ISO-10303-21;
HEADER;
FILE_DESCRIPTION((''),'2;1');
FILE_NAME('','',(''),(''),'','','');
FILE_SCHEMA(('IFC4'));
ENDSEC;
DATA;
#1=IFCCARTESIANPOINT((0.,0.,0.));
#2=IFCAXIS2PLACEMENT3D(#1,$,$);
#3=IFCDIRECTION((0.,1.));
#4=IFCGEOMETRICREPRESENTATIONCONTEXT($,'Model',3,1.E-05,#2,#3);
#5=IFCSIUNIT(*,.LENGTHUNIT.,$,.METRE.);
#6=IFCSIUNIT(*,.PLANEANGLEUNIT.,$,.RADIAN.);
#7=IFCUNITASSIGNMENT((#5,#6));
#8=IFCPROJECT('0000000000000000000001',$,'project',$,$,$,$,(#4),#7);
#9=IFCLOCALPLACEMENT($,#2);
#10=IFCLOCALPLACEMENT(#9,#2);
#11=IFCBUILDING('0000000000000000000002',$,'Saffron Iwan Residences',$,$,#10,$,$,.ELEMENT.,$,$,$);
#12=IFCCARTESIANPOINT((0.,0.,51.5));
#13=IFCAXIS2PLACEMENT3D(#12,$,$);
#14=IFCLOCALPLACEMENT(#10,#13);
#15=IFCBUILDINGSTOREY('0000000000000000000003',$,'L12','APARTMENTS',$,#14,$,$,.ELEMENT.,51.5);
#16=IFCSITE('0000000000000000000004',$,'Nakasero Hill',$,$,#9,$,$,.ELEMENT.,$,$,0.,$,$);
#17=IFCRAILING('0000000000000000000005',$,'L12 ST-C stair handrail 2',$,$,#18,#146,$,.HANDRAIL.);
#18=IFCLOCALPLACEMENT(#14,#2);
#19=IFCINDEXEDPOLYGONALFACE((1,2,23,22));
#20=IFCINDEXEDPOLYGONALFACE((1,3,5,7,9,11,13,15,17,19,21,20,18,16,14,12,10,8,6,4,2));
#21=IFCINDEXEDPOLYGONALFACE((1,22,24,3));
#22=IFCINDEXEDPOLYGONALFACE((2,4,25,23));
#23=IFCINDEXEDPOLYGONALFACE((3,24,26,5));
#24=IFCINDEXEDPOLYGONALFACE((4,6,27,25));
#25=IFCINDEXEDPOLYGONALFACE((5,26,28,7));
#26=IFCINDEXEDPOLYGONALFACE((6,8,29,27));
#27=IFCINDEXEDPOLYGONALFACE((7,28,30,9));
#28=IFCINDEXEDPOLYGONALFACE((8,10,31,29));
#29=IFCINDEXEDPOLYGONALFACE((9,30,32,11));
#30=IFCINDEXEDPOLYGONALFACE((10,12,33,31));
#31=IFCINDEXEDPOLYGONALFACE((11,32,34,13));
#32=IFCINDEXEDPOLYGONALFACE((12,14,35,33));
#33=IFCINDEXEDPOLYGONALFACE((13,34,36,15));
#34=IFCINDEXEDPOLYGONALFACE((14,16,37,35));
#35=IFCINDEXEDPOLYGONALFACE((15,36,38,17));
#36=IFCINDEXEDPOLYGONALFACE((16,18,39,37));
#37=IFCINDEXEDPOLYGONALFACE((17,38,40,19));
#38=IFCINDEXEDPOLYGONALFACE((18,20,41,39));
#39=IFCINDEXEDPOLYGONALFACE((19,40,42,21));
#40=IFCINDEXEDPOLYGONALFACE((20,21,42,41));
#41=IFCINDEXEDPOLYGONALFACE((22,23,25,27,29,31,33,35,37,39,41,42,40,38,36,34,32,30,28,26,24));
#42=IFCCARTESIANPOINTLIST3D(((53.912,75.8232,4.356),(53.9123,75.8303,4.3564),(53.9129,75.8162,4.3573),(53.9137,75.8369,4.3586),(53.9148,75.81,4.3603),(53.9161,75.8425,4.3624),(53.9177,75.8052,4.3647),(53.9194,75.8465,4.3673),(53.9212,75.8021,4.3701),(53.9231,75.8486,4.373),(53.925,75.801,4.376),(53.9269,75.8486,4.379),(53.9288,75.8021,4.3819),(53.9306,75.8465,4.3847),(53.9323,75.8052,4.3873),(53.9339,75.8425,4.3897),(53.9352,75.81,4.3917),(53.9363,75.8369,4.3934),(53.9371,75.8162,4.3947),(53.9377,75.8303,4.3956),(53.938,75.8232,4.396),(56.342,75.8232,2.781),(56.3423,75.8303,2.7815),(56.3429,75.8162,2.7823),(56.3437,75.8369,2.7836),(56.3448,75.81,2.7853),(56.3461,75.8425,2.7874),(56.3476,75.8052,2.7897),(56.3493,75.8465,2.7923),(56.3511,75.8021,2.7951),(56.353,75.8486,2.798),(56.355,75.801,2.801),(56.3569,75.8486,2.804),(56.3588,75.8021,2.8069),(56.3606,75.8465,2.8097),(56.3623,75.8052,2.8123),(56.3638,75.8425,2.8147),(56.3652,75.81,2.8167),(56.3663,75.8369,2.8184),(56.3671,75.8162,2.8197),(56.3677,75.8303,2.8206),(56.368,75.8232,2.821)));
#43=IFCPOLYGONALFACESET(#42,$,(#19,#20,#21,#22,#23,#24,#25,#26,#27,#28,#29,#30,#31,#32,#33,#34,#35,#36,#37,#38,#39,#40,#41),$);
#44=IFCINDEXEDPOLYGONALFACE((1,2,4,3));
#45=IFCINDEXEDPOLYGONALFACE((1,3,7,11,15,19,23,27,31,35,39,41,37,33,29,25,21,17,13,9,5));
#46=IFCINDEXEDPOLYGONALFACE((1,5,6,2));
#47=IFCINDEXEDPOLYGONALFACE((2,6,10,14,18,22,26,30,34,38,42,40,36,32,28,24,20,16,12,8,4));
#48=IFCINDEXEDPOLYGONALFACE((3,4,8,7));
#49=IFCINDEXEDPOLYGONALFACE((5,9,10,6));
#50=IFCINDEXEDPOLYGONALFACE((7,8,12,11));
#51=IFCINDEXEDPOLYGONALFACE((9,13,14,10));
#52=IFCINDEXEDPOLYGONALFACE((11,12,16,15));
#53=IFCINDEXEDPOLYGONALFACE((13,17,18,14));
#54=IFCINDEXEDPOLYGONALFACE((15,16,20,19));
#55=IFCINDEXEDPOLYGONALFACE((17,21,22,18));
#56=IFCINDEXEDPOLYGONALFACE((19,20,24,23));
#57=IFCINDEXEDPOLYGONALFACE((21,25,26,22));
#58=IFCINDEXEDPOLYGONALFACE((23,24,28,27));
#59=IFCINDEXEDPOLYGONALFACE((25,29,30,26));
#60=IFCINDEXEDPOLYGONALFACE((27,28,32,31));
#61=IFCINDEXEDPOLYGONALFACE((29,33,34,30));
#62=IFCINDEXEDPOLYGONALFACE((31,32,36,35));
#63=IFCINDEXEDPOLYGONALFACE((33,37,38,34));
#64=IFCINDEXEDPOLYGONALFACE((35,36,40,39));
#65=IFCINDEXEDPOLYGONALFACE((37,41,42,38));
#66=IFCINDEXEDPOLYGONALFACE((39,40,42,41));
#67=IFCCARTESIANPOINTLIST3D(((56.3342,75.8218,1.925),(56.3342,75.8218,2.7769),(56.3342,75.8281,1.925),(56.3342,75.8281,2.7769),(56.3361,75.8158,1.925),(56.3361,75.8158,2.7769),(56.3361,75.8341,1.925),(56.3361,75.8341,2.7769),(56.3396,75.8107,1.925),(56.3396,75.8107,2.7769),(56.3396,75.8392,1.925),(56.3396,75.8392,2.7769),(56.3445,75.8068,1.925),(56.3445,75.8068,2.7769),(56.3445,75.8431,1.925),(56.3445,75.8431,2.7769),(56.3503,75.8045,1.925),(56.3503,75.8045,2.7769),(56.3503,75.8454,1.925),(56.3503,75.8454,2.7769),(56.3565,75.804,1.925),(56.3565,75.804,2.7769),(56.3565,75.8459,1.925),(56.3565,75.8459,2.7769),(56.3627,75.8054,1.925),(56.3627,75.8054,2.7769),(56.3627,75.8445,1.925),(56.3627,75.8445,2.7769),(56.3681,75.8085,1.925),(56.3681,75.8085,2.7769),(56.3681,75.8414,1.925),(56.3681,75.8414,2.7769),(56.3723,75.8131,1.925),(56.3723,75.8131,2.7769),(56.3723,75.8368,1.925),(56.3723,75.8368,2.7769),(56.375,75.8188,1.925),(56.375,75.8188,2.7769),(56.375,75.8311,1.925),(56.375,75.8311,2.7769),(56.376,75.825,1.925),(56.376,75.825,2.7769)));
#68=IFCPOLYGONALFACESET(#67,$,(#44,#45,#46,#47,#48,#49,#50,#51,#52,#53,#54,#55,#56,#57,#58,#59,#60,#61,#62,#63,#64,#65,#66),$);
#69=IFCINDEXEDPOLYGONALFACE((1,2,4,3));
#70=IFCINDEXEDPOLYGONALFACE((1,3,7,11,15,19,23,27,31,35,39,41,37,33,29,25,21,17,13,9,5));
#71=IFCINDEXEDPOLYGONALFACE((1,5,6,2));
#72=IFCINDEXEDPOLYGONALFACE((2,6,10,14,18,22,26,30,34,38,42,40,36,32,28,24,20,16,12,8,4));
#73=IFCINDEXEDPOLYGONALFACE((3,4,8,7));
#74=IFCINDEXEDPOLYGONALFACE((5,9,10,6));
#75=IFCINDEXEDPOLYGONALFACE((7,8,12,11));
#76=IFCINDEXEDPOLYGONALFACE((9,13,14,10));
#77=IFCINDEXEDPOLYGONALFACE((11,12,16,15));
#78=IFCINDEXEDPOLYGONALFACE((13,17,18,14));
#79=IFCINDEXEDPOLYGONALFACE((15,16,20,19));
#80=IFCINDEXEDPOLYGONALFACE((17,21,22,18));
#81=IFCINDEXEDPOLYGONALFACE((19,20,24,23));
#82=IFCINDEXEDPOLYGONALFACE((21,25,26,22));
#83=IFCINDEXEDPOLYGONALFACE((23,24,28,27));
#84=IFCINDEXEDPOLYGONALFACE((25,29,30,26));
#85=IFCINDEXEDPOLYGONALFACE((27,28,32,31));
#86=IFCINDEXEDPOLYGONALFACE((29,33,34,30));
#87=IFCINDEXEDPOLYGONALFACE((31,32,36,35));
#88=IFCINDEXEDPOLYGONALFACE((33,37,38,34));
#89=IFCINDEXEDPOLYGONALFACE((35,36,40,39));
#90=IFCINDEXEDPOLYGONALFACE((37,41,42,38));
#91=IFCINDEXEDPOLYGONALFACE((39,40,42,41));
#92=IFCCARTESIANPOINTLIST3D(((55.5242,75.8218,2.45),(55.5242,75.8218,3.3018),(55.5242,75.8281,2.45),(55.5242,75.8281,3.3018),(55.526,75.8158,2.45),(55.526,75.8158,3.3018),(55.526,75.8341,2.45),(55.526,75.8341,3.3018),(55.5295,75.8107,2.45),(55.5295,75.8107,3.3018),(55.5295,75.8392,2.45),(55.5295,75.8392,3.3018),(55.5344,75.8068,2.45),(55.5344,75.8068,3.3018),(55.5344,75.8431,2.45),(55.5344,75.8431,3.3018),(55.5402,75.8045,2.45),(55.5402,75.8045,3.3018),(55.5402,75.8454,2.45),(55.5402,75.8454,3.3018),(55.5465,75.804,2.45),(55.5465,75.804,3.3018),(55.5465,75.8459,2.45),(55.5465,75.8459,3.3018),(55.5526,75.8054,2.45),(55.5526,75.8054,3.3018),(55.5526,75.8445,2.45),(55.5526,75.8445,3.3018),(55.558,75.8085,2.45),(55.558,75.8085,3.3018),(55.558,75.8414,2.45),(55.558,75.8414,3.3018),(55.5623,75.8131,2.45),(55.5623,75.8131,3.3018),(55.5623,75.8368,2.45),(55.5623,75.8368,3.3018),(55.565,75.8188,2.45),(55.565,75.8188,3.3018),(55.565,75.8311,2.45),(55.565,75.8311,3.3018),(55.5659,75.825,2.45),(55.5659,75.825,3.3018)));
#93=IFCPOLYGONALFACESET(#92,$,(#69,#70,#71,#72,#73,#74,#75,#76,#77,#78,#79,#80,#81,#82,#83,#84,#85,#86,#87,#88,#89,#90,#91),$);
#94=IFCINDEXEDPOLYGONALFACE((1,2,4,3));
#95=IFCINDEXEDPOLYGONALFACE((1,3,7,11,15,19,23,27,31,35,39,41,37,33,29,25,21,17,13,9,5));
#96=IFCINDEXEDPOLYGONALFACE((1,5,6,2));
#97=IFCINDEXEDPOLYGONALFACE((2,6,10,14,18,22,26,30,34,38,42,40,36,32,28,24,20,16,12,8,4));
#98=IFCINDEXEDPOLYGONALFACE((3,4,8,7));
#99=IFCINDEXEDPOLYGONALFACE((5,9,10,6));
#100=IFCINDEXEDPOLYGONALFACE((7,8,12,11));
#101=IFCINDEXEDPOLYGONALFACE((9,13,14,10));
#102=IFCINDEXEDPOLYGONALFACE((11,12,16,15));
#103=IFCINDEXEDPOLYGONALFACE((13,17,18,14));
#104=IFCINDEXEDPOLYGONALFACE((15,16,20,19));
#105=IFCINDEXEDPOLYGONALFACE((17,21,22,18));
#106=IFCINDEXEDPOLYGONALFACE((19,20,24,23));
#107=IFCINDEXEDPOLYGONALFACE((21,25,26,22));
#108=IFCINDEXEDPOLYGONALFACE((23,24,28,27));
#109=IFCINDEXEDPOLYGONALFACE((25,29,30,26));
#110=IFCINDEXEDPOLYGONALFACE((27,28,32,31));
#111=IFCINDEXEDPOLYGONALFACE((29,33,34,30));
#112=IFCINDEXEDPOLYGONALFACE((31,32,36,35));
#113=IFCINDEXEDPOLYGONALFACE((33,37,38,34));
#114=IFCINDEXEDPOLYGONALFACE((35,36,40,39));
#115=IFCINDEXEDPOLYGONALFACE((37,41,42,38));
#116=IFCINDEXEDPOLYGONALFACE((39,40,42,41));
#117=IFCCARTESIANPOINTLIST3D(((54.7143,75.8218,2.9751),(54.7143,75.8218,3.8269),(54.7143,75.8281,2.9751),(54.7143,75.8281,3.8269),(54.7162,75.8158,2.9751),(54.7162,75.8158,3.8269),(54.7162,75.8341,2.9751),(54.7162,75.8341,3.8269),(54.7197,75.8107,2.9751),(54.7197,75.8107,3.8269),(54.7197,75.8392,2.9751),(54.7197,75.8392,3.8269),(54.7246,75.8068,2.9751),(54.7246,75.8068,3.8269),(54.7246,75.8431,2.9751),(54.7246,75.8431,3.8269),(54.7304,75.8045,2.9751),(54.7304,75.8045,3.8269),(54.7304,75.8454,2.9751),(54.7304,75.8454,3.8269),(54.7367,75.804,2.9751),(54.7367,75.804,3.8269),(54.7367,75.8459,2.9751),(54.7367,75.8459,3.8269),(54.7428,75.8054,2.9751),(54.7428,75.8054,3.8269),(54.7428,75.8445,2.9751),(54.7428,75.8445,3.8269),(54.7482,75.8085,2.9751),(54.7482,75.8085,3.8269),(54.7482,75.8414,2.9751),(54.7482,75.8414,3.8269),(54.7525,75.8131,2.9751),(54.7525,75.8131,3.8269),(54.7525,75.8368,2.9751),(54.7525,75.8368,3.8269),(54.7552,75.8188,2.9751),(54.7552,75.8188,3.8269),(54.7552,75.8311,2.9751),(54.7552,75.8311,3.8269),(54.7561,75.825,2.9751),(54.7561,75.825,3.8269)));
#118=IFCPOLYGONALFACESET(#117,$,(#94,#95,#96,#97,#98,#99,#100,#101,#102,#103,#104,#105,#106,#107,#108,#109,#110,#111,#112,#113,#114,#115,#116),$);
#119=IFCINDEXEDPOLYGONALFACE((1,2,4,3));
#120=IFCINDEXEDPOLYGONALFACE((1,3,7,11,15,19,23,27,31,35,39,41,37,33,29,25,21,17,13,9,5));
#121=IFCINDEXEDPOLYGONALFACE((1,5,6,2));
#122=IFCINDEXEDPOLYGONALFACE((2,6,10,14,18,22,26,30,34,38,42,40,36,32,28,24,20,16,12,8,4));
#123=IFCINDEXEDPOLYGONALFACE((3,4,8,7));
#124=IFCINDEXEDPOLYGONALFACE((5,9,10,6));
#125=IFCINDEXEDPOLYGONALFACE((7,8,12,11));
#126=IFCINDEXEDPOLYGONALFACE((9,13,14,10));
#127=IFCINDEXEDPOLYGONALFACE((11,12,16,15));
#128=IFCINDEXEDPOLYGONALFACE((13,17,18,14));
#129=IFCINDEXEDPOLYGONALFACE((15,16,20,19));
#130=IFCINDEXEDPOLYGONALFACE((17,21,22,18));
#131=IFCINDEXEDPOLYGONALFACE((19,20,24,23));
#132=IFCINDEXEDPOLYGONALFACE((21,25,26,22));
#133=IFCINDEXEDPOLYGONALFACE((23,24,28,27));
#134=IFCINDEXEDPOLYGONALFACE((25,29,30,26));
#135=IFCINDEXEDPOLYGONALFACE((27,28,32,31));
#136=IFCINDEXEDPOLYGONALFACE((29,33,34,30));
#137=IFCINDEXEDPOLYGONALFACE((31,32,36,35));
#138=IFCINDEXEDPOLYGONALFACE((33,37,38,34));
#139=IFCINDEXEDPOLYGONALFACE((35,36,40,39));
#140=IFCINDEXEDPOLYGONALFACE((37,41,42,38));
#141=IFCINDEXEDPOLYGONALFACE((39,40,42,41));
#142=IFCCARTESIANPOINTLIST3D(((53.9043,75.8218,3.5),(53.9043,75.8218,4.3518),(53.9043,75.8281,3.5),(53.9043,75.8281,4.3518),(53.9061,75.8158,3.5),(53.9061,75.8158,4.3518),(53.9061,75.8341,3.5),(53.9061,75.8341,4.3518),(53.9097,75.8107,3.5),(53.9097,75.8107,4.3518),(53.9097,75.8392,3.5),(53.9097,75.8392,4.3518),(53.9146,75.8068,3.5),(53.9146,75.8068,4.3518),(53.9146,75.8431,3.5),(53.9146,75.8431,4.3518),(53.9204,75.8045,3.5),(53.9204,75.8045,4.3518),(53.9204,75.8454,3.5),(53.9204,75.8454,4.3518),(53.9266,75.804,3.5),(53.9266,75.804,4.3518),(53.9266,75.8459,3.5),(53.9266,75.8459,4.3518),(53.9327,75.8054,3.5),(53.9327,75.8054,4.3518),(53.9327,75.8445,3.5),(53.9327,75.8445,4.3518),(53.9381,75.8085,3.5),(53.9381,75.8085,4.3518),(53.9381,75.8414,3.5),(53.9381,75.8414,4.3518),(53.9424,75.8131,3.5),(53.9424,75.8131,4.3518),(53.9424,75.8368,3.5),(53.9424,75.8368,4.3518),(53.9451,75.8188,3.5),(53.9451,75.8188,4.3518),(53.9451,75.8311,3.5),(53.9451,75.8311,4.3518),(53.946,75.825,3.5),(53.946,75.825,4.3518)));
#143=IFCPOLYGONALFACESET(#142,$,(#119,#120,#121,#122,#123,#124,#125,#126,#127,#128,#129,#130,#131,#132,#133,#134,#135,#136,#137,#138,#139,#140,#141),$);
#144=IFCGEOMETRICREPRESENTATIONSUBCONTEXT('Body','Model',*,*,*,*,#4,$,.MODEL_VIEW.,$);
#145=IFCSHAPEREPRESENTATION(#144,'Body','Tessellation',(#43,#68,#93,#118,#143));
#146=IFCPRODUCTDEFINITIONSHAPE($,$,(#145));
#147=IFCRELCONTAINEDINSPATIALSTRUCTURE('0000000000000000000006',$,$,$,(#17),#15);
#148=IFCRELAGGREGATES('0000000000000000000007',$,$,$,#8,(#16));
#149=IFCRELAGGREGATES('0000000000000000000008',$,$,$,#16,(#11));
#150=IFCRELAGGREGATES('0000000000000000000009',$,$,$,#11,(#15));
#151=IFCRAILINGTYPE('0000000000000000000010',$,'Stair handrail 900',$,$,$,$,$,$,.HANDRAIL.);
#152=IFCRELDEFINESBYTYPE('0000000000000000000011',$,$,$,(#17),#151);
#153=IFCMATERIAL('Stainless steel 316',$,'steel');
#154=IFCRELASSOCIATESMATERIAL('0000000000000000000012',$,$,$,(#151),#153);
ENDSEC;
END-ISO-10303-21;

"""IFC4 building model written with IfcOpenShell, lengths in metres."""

from ifc_helpers import new_model, si_unit, direction, frame, origin, origin_2d, place, context, subcontext, project, spatial, circle, extrude, material, type_object, element, save


model = new_model("IFC4")

# Units and contexts
model_context = context("Model", 3, precision=1e-05, world=origin(), true_north=direction((0.0, 1.0)))
body_context = subcontext(model_context, "Body", "Model", "MODEL_VIEW")
ifc_project = project(units=[si_unit("LENGTHUNIT", "METRE"), si_unit("PLANEANGLEUNIT", "RADIAN")], contexts=[model_context])

# Site, building, storey
site_placement = place(None, origin())
site = spatial("IfcSite", under=ifc_project, at=site_placement, Name="Nakasero Hill", CompositionType="ELEMENT", RefElevation=0.0)
building_placement = place(site_placement, origin())
building = spatial("IfcBuilding", under=site, at=building_placement, Name="Saffron Iwan Residences", CompositionType="ELEMENT")
storey_placement = place(building_placement, frame((0.0, 0.0, 51.5)))
storey = spatial("IfcBuildingStorey", under=building, at=storey_placement, Name="L12", Description="APARTMENTS", CompositionType="ELEMENT", Elevation=51.5)

# Railing
ifc_material_1 = material(Name="Stainless steel 316", Category="steel")
railing_type_1 = type_object("IfcRailingType", Name="Stair handrail 900", PredefinedType="HANDRAIL", material=ifc_material_1)
railing_1_placement = place(storey_placement, frame((56.355, 75.825, 1.925)))
element("IfcRailing", 1, at=railing_1_placement, inside=storey, type_object=railing_type_1, Name="L12 ST-C stair handrail 2", PredefinedType="HANDRAIL", context=body_context, shape_type="SweptSolid", body=[
    extrude(circle(Radius=0.0239, at=origin_2d()), frame((0.0, 0.0, 0.876), z_axis=(-0.839154, 0.0, 0.543894), x_axis=(0.0, -1.0, 0.0)), (0.0, 0.0, 1.0), 2.8958),
    extrude(circle(Radius=0.021, at=origin_2d()), origin(), (0.0, 0.0, 1.0), 0.8518),
    extrude(circle(Radius=0.021, at=origin_2d()), frame((-0.8101, 0.0, 0.5249)), (0.0, 0.0, 1.0), 0.8518),
    extrude(circle(Radius=0.021, at=origin_2d()), frame((-1.6199, 0.0, 1.05)), (0.0, 0.0, 1.0), 0.8518),
    extrude(circle(Radius=0.021, at=origin_2d()), frame((-2.4299, 0.0, 1.575)), (0.0, 0.0, 1.0), 0.8518),
])

save(model, "model.ifc")
